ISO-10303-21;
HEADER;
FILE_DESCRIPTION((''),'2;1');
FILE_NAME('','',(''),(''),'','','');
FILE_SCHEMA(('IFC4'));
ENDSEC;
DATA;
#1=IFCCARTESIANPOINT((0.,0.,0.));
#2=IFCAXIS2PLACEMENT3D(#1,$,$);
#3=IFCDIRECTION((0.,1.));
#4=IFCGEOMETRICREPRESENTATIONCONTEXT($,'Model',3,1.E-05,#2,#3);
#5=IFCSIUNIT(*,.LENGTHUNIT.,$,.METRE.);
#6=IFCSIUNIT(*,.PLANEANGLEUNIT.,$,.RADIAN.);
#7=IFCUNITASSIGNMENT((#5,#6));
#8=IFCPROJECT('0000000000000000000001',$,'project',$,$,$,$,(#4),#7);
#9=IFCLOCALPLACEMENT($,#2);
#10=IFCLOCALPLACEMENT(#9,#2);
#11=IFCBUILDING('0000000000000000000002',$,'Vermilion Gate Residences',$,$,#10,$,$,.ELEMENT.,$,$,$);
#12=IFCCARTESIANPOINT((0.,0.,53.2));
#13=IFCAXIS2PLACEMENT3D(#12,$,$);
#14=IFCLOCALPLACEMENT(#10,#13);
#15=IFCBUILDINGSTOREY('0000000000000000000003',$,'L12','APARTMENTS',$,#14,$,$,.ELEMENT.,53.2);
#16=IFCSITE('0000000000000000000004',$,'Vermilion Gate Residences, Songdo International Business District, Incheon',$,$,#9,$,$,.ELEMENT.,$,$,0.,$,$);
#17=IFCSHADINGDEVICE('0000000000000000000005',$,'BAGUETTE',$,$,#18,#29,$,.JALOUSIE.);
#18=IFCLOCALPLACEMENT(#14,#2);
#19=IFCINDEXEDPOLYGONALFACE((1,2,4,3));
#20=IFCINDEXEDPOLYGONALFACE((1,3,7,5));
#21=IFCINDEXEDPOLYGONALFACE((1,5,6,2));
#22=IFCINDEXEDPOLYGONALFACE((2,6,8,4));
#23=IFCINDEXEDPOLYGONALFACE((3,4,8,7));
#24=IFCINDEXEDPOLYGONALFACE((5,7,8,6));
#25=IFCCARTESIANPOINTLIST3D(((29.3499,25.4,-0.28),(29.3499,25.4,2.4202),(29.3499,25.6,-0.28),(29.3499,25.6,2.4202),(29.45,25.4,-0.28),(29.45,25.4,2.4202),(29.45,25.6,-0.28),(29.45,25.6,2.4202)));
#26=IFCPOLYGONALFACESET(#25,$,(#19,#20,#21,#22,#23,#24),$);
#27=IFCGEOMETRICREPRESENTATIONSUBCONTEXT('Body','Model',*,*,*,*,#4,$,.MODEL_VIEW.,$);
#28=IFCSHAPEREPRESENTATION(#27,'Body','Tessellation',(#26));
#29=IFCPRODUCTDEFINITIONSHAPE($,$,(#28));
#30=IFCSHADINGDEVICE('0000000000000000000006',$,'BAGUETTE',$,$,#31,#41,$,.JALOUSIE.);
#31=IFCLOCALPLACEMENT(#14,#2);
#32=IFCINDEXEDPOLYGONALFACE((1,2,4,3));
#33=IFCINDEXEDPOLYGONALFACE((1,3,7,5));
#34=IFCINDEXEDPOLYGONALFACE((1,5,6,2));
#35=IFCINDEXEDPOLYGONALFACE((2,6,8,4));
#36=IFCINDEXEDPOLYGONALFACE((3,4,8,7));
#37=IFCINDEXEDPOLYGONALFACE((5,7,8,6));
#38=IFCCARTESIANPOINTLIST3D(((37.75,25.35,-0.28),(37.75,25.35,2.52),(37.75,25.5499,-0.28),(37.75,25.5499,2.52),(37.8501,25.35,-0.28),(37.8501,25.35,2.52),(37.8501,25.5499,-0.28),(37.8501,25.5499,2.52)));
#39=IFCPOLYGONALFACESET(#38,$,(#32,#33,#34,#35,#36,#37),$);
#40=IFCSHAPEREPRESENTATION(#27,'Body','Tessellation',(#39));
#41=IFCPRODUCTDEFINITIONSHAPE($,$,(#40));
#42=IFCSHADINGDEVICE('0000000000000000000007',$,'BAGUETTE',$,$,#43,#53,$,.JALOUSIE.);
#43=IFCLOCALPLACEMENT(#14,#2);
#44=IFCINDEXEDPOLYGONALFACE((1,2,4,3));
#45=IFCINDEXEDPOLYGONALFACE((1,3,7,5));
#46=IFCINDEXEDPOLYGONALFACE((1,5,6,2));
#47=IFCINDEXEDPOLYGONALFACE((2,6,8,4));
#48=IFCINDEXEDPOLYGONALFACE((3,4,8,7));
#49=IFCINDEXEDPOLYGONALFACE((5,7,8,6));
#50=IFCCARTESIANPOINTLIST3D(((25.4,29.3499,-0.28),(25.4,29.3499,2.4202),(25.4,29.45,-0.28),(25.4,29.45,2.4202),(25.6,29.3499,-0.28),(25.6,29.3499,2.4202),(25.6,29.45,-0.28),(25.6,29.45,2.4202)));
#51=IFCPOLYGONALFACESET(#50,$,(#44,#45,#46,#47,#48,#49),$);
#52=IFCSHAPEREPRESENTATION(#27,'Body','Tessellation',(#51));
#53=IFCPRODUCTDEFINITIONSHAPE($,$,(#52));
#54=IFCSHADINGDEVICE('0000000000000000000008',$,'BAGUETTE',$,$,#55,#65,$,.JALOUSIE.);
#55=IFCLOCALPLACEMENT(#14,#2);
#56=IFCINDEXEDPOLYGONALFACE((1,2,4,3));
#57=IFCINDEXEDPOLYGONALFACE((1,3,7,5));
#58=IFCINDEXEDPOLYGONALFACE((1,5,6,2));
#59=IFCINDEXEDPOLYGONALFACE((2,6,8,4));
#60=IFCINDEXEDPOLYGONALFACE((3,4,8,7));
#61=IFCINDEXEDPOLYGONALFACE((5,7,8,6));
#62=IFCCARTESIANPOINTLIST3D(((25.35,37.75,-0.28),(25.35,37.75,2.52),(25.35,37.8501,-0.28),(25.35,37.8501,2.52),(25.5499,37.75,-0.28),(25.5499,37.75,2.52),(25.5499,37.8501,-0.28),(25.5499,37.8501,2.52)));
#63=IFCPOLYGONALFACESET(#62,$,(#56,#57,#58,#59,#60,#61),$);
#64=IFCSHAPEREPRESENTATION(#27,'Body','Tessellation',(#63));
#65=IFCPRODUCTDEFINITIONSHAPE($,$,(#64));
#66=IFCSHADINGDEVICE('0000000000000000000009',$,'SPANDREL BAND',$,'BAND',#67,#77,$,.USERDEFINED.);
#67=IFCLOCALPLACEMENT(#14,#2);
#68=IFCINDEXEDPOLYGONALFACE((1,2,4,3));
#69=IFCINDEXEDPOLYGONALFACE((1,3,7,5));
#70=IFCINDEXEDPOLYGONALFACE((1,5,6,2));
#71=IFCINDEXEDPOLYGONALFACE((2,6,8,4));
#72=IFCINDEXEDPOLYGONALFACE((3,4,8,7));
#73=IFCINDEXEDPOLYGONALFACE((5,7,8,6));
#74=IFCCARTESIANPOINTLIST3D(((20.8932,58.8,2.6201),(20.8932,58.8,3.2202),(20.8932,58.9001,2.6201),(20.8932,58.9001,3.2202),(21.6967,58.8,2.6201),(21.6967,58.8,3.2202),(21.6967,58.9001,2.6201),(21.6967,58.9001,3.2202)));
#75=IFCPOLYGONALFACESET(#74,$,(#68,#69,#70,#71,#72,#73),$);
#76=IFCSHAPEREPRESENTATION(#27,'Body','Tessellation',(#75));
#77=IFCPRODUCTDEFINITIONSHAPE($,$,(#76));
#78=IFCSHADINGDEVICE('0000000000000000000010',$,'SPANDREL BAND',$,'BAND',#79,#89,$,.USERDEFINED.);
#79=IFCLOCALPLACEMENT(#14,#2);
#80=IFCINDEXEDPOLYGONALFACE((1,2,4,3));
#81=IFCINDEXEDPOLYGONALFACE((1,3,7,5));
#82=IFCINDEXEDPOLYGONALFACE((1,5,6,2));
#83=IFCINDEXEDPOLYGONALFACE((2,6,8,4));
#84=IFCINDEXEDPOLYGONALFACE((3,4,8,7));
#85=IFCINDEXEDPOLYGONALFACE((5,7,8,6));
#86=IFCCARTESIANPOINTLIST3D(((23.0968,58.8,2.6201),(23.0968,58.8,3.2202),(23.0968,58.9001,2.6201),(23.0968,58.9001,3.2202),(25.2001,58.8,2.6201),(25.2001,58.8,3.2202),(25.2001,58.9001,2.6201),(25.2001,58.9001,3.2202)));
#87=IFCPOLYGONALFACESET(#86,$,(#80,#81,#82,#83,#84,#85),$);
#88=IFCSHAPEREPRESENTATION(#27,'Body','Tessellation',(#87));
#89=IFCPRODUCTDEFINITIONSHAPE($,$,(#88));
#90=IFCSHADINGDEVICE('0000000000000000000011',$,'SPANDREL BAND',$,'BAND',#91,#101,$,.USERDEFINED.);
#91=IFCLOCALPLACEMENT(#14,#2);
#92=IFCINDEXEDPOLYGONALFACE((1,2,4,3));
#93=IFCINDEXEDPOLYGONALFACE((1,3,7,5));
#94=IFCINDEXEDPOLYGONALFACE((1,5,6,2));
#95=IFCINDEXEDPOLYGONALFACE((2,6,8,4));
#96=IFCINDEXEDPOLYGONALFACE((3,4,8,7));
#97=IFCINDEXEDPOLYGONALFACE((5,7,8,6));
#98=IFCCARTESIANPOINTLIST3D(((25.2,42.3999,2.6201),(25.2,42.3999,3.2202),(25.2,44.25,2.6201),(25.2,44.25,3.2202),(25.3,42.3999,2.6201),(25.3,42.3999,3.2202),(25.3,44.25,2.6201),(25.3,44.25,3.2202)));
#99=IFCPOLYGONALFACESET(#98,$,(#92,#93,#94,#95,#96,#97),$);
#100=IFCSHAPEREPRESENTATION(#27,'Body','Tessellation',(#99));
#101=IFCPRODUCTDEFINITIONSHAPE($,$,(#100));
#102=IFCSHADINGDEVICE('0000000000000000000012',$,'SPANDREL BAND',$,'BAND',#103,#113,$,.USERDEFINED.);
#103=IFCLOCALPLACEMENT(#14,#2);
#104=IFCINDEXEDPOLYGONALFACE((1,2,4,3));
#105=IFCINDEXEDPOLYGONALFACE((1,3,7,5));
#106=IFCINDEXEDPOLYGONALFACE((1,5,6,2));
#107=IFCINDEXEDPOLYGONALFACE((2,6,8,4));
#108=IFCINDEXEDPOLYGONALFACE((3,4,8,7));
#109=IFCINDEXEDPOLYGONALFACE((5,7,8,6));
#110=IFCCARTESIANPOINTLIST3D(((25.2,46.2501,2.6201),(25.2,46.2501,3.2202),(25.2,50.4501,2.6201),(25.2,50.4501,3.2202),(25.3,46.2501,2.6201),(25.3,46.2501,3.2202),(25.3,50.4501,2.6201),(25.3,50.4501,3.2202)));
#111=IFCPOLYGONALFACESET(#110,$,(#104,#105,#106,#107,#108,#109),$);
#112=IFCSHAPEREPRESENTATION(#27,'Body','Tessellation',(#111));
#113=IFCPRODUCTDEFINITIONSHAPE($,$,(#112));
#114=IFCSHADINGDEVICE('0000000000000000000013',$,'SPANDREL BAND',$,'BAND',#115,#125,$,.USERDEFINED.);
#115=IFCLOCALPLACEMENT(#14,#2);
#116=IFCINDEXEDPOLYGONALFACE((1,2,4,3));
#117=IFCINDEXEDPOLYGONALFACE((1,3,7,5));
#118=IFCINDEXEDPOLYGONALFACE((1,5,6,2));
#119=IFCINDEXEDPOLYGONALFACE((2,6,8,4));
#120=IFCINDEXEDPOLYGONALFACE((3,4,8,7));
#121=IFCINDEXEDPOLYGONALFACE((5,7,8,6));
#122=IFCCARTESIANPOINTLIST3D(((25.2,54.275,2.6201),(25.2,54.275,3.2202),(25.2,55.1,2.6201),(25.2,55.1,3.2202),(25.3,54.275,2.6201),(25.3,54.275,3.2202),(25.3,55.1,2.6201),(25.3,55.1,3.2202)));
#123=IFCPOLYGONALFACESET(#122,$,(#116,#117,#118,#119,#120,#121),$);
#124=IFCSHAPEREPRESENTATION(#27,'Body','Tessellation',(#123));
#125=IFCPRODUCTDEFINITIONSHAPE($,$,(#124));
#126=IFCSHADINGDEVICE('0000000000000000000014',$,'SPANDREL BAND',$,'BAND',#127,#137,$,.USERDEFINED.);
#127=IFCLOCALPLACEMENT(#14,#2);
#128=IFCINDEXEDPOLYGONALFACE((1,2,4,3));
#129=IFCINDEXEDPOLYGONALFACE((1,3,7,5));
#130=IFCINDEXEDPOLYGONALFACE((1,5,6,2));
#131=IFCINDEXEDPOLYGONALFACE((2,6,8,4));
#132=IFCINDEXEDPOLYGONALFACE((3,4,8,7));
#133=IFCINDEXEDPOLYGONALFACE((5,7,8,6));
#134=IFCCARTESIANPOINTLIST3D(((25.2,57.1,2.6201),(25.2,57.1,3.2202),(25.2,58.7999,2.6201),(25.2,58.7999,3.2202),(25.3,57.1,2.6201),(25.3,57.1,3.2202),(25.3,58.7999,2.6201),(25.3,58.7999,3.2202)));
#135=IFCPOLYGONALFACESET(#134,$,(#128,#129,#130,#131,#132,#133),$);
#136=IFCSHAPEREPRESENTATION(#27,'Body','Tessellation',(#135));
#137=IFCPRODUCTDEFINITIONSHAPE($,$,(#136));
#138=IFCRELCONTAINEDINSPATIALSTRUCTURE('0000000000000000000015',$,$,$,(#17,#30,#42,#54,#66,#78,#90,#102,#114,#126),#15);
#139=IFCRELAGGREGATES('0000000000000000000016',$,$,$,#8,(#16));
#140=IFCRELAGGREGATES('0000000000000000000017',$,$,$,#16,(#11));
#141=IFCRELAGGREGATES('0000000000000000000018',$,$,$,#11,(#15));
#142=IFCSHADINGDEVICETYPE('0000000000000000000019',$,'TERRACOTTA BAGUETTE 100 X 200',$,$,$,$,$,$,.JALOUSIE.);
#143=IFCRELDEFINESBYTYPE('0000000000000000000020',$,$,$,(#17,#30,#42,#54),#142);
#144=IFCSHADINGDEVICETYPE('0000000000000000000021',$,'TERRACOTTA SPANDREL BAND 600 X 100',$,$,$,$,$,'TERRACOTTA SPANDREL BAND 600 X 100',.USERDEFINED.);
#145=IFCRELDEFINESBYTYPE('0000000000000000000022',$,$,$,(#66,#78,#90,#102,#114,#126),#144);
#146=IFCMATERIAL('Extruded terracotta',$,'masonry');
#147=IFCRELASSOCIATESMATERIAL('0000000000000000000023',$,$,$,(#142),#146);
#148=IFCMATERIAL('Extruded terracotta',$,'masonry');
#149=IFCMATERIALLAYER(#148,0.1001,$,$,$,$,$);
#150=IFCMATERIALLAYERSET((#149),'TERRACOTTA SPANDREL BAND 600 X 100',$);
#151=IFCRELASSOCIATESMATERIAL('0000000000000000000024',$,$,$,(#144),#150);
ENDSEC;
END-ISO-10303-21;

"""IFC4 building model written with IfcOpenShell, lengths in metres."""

from ifc_helpers import new_model, si_unit, direction, frame, origin, origin_2d, place, context, subcontext, project, spatial, rectangle, extrude, material, layer, layer_set, material_profile, profile_set, type_object, element, save


model = new_model("IFC4")

# Units and contexts
model_context = context("Model", 3, precision=1e-05, world=origin(), true_north=direction((0.0, 1.0)))
body_context = subcontext(model_context, "Body", "Model", "MODEL_VIEW")
ifc_project = project(units=[si_unit("LENGTHUNIT", "METRE"), si_unit("PLANEANGLEUNIT", "RADIAN")], contexts=[model_context])

# Site, building, storey
site_placement = place(None, origin())
site = spatial("IfcSite", under=ifc_project, at=site_placement, Name="Vermilion Gate Residences, Songdo International Business District, Incheon", CompositionType="ELEMENT", RefElevation=0.0)
building_placement = place(site_placement, origin())
building = spatial("IfcBuilding", under=site, at=building_placement, Name="Vermilion Gate Residences", CompositionType="ELEMENT")
storey_placement = place(building_placement, frame((0.0, 0.0, 53.2)))
storey = spatial("IfcBuildingStorey", under=building, at=storey_placement, Name="L12", Description="APARTMENTS", CompositionType="ELEMENT", Elevation=53.2)

# Shading devices
ifc_material_1 = material(Name="Extruded terracotta", Category="masonry")
ifc_material_profile_1 = material_profile(ifc_material_1, rectangle(XDim=0.2, YDim=0.1001, at=origin_2d()), Name="BAGUETTE 100 X 200")
ifc_profile_set_1 = profile_set([ifc_material_profile_1], Name="Extruded terracotta")
shading_device_type_1 = type_object("IfcShadingDeviceType", Name="TERRACOTTA BAGUETTE 100 X 200", PredefinedType="JALOUSIE", material=ifc_profile_set_1)
shading_device_1_placement = place(storey_placement, frame((29.3999, 25.5, -0.28), z_axis=(0.0, 0.0, 1.0), x_axis=(0.0, -1.0, 0.0)))
element("IfcShadingDevice", 1, at=shading_device_1_placement, inside=storey, type_object=shading_device_type_1, Name="BAGUETTE", PredefinedType="JALOUSIE", context=body_context, shape_type="SweptSolid", body=[
    extrude(rectangle(XDim=0.2, YDim=0.1001, at=origin_2d()), origin(), (0.0, 0.0, 1.0), 2.7002),
])
shading_device_2_placement = place(storey_placement, frame((37.8, 25.45, -0.28), z_axis=(0.0, 0.0, 1.0), x_axis=(0.0, -1.0, 0.0)))
element("IfcShadingDevice", 2, at=shading_device_2_placement, inside=storey, type_object=shading_device_type_1, Name="BAGUETTE", PredefinedType="JALOUSIE", context=body_context, shape_type="SweptSolid", body=[
    extrude(rectangle(XDim=0.2, YDim=0.1001, at=origin_2d()), origin(), (0.0, 0.0, 1.0), 2.8),
])
shading_device_3_placement = place(storey_placement, frame((25.5, 29.3999, -0.28), z_axis=(0.0, 0.0, 1.0), x_axis=(-1.0, 0.0, 0.0)))
element("IfcShadingDevice", 3, at=shading_device_3_placement, inside=storey, type_object=shading_device_type_1, Name="BAGUETTE", PredefinedType="JALOUSIE", context=body_context, shape_type="SweptSolid", body=[
    extrude(rectangle(XDim=0.2, YDim=0.1001, at=origin_2d()), origin(), (0.0, 0.0, 1.0), 2.7002),
])
shading_device_4_placement = place(storey_placement, frame((25.45, 37.8, -0.28), z_axis=(0.0, 0.0, 1.0), x_axis=(-1.0, 0.0, 0.0)))
element("IfcShadingDevice", 4, at=shading_device_4_placement, inside=storey, type_object=shading_device_type_1, Name="BAGUETTE", PredefinedType="JALOUSIE", context=body_context, shape_type="SweptSolid", body=[
    extrude(rectangle(XDim=0.2, YDim=0.1001, at=origin_2d()), origin(), (0.0, 0.0, 1.0), 2.8),
])
ifc_material_2 = material(Name="Extruded terracotta", Category="masonry")
ifc_layer_1 = layer(ifc_material_2, 0.1001)
ifc_layer_set_1 = layer_set([ifc_layer_1], Name="TERRACOTTA SPANDREL BAND 600 X 100")
shading_device_type_2 = type_object("IfcShadingDeviceType", Name="TERRACOTTA SPANDREL BAND 600 X 100", ElementType="TERRACOTTA SPANDREL BAND 600 X 100", PredefinedType="USERDEFINED", material=ifc_layer_set_1)
shading_device_5_placement = place(storey_placement, frame((21.2949, 58.8501, 2.6201), z_axis=(0.0, 0.0, 1.0), x_axis=(1.0, 0.0, 0.0)))
element("IfcShadingDevice", 5, at=shading_device_5_placement, inside=storey, type_object=shading_device_type_2, Name="SPANDREL BAND", ObjectType="BAND", PredefinedType="USERDEFINED", context=body_context, shape_type="SweptSolid", body=[
    extrude(rectangle(XDim=0.8035, YDim=0.1001, at=origin_2d()), origin(), (0.0, 0.0, 1.0), 0.6001),
])
shading_device_6_placement = place(storey_placement, frame((24.1484, 58.8501, 2.6201), z_axis=(0.0, 0.0, 1.0), x_axis=(1.0, 0.0, 0.0)))
element("IfcShadingDevice", 6, at=shading_device_6_placement, inside=storey, type_object=shading_device_type_2, Name="SPANDREL BAND", ObjectType="BAND", PredefinedType="USERDEFINED", context=body_context, shape_type="SweptSolid", body=[
    extrude(rectangle(XDim=2.1033, YDim=0.1001, at=origin_2d()), origin(), (0.0, 0.0, 1.0), 0.6001),
])
shading_device_7_placement = place(storey_placement, frame((25.25, 43.325, 2.6201), z_axis=(0.0, 0.0, 1.0), x_axis=(0.0, 1.0, 0.0)))
element("IfcShadingDevice", 7, at=shading_device_7_placement, inside=storey, type_object=shading_device_type_2, Name="SPANDREL BAND", ObjectType="BAND", PredefinedType="USERDEFINED", context=body_context, shape_type="SweptSolid", body=[
    extrude(rectangle(XDim=1.8501, YDim=0.1001, at=origin_2d()), origin(), (0.0, 0.0, 1.0), 0.6001),
])
shading_device_8_placement = place(storey_placement, frame((25.25, 48.3501, 2.6201), z_axis=(0.0, 0.0, 1.0), x_axis=(0.0, 1.0, 0.0)))
element("IfcShadingDevice", 8, at=shading_device_8_placement, inside=storey, type_object=shading_device_type_2, Name="SPANDREL BAND", ObjectType="BAND", PredefinedType="USERDEFINED", context=body_context, shape_type="SweptSolid", body=[
    extrude(rectangle(XDim=4.2, YDim=0.1001, at=origin_2d()), origin(), (0.0, 0.0, 1.0), 0.6001),
])
shading_device_9_placement = place(storey_placement, frame((25.25, 54.6875, 2.6201), z_axis=(0.0, 0.0, 1.0), x_axis=(0.0, 1.0, 0.0)))
element("IfcShadingDevice", 9, at=shading_device_9_placement, inside=storey, type_object=shading_device_type_2, Name="SPANDREL BAND", ObjectType="BAND", PredefinedType="USERDEFINED", context=body_context, shape_type="SweptSolid", body=[
    extrude(rectangle(XDim=0.825, YDim=0.1001, at=origin_2d()), origin(), (0.0, 0.0, 1.0), 0.6001),
])
shading_device_10_placement = place(storey_placement, frame((25.25, 57.95, 2.6201), z_axis=(0.0, 0.0, 1.0), x_axis=(0.0, 1.0, 0.0)))
element("IfcShadingDevice", 10, at=shading_device_10_placement, inside=storey, type_object=shading_device_type_2, Name="SPANDREL BAND", ObjectType="BAND", PredefinedType="USERDEFINED", context=body_context, shape_type="SweptSolid", body=[
    extrude(rectangle(XDim=1.7, YDim=0.1001, at=origin_2d()), origin(), (0.0, 0.0, 1.0), 0.6001),
])

save(model, "model.ifc")
